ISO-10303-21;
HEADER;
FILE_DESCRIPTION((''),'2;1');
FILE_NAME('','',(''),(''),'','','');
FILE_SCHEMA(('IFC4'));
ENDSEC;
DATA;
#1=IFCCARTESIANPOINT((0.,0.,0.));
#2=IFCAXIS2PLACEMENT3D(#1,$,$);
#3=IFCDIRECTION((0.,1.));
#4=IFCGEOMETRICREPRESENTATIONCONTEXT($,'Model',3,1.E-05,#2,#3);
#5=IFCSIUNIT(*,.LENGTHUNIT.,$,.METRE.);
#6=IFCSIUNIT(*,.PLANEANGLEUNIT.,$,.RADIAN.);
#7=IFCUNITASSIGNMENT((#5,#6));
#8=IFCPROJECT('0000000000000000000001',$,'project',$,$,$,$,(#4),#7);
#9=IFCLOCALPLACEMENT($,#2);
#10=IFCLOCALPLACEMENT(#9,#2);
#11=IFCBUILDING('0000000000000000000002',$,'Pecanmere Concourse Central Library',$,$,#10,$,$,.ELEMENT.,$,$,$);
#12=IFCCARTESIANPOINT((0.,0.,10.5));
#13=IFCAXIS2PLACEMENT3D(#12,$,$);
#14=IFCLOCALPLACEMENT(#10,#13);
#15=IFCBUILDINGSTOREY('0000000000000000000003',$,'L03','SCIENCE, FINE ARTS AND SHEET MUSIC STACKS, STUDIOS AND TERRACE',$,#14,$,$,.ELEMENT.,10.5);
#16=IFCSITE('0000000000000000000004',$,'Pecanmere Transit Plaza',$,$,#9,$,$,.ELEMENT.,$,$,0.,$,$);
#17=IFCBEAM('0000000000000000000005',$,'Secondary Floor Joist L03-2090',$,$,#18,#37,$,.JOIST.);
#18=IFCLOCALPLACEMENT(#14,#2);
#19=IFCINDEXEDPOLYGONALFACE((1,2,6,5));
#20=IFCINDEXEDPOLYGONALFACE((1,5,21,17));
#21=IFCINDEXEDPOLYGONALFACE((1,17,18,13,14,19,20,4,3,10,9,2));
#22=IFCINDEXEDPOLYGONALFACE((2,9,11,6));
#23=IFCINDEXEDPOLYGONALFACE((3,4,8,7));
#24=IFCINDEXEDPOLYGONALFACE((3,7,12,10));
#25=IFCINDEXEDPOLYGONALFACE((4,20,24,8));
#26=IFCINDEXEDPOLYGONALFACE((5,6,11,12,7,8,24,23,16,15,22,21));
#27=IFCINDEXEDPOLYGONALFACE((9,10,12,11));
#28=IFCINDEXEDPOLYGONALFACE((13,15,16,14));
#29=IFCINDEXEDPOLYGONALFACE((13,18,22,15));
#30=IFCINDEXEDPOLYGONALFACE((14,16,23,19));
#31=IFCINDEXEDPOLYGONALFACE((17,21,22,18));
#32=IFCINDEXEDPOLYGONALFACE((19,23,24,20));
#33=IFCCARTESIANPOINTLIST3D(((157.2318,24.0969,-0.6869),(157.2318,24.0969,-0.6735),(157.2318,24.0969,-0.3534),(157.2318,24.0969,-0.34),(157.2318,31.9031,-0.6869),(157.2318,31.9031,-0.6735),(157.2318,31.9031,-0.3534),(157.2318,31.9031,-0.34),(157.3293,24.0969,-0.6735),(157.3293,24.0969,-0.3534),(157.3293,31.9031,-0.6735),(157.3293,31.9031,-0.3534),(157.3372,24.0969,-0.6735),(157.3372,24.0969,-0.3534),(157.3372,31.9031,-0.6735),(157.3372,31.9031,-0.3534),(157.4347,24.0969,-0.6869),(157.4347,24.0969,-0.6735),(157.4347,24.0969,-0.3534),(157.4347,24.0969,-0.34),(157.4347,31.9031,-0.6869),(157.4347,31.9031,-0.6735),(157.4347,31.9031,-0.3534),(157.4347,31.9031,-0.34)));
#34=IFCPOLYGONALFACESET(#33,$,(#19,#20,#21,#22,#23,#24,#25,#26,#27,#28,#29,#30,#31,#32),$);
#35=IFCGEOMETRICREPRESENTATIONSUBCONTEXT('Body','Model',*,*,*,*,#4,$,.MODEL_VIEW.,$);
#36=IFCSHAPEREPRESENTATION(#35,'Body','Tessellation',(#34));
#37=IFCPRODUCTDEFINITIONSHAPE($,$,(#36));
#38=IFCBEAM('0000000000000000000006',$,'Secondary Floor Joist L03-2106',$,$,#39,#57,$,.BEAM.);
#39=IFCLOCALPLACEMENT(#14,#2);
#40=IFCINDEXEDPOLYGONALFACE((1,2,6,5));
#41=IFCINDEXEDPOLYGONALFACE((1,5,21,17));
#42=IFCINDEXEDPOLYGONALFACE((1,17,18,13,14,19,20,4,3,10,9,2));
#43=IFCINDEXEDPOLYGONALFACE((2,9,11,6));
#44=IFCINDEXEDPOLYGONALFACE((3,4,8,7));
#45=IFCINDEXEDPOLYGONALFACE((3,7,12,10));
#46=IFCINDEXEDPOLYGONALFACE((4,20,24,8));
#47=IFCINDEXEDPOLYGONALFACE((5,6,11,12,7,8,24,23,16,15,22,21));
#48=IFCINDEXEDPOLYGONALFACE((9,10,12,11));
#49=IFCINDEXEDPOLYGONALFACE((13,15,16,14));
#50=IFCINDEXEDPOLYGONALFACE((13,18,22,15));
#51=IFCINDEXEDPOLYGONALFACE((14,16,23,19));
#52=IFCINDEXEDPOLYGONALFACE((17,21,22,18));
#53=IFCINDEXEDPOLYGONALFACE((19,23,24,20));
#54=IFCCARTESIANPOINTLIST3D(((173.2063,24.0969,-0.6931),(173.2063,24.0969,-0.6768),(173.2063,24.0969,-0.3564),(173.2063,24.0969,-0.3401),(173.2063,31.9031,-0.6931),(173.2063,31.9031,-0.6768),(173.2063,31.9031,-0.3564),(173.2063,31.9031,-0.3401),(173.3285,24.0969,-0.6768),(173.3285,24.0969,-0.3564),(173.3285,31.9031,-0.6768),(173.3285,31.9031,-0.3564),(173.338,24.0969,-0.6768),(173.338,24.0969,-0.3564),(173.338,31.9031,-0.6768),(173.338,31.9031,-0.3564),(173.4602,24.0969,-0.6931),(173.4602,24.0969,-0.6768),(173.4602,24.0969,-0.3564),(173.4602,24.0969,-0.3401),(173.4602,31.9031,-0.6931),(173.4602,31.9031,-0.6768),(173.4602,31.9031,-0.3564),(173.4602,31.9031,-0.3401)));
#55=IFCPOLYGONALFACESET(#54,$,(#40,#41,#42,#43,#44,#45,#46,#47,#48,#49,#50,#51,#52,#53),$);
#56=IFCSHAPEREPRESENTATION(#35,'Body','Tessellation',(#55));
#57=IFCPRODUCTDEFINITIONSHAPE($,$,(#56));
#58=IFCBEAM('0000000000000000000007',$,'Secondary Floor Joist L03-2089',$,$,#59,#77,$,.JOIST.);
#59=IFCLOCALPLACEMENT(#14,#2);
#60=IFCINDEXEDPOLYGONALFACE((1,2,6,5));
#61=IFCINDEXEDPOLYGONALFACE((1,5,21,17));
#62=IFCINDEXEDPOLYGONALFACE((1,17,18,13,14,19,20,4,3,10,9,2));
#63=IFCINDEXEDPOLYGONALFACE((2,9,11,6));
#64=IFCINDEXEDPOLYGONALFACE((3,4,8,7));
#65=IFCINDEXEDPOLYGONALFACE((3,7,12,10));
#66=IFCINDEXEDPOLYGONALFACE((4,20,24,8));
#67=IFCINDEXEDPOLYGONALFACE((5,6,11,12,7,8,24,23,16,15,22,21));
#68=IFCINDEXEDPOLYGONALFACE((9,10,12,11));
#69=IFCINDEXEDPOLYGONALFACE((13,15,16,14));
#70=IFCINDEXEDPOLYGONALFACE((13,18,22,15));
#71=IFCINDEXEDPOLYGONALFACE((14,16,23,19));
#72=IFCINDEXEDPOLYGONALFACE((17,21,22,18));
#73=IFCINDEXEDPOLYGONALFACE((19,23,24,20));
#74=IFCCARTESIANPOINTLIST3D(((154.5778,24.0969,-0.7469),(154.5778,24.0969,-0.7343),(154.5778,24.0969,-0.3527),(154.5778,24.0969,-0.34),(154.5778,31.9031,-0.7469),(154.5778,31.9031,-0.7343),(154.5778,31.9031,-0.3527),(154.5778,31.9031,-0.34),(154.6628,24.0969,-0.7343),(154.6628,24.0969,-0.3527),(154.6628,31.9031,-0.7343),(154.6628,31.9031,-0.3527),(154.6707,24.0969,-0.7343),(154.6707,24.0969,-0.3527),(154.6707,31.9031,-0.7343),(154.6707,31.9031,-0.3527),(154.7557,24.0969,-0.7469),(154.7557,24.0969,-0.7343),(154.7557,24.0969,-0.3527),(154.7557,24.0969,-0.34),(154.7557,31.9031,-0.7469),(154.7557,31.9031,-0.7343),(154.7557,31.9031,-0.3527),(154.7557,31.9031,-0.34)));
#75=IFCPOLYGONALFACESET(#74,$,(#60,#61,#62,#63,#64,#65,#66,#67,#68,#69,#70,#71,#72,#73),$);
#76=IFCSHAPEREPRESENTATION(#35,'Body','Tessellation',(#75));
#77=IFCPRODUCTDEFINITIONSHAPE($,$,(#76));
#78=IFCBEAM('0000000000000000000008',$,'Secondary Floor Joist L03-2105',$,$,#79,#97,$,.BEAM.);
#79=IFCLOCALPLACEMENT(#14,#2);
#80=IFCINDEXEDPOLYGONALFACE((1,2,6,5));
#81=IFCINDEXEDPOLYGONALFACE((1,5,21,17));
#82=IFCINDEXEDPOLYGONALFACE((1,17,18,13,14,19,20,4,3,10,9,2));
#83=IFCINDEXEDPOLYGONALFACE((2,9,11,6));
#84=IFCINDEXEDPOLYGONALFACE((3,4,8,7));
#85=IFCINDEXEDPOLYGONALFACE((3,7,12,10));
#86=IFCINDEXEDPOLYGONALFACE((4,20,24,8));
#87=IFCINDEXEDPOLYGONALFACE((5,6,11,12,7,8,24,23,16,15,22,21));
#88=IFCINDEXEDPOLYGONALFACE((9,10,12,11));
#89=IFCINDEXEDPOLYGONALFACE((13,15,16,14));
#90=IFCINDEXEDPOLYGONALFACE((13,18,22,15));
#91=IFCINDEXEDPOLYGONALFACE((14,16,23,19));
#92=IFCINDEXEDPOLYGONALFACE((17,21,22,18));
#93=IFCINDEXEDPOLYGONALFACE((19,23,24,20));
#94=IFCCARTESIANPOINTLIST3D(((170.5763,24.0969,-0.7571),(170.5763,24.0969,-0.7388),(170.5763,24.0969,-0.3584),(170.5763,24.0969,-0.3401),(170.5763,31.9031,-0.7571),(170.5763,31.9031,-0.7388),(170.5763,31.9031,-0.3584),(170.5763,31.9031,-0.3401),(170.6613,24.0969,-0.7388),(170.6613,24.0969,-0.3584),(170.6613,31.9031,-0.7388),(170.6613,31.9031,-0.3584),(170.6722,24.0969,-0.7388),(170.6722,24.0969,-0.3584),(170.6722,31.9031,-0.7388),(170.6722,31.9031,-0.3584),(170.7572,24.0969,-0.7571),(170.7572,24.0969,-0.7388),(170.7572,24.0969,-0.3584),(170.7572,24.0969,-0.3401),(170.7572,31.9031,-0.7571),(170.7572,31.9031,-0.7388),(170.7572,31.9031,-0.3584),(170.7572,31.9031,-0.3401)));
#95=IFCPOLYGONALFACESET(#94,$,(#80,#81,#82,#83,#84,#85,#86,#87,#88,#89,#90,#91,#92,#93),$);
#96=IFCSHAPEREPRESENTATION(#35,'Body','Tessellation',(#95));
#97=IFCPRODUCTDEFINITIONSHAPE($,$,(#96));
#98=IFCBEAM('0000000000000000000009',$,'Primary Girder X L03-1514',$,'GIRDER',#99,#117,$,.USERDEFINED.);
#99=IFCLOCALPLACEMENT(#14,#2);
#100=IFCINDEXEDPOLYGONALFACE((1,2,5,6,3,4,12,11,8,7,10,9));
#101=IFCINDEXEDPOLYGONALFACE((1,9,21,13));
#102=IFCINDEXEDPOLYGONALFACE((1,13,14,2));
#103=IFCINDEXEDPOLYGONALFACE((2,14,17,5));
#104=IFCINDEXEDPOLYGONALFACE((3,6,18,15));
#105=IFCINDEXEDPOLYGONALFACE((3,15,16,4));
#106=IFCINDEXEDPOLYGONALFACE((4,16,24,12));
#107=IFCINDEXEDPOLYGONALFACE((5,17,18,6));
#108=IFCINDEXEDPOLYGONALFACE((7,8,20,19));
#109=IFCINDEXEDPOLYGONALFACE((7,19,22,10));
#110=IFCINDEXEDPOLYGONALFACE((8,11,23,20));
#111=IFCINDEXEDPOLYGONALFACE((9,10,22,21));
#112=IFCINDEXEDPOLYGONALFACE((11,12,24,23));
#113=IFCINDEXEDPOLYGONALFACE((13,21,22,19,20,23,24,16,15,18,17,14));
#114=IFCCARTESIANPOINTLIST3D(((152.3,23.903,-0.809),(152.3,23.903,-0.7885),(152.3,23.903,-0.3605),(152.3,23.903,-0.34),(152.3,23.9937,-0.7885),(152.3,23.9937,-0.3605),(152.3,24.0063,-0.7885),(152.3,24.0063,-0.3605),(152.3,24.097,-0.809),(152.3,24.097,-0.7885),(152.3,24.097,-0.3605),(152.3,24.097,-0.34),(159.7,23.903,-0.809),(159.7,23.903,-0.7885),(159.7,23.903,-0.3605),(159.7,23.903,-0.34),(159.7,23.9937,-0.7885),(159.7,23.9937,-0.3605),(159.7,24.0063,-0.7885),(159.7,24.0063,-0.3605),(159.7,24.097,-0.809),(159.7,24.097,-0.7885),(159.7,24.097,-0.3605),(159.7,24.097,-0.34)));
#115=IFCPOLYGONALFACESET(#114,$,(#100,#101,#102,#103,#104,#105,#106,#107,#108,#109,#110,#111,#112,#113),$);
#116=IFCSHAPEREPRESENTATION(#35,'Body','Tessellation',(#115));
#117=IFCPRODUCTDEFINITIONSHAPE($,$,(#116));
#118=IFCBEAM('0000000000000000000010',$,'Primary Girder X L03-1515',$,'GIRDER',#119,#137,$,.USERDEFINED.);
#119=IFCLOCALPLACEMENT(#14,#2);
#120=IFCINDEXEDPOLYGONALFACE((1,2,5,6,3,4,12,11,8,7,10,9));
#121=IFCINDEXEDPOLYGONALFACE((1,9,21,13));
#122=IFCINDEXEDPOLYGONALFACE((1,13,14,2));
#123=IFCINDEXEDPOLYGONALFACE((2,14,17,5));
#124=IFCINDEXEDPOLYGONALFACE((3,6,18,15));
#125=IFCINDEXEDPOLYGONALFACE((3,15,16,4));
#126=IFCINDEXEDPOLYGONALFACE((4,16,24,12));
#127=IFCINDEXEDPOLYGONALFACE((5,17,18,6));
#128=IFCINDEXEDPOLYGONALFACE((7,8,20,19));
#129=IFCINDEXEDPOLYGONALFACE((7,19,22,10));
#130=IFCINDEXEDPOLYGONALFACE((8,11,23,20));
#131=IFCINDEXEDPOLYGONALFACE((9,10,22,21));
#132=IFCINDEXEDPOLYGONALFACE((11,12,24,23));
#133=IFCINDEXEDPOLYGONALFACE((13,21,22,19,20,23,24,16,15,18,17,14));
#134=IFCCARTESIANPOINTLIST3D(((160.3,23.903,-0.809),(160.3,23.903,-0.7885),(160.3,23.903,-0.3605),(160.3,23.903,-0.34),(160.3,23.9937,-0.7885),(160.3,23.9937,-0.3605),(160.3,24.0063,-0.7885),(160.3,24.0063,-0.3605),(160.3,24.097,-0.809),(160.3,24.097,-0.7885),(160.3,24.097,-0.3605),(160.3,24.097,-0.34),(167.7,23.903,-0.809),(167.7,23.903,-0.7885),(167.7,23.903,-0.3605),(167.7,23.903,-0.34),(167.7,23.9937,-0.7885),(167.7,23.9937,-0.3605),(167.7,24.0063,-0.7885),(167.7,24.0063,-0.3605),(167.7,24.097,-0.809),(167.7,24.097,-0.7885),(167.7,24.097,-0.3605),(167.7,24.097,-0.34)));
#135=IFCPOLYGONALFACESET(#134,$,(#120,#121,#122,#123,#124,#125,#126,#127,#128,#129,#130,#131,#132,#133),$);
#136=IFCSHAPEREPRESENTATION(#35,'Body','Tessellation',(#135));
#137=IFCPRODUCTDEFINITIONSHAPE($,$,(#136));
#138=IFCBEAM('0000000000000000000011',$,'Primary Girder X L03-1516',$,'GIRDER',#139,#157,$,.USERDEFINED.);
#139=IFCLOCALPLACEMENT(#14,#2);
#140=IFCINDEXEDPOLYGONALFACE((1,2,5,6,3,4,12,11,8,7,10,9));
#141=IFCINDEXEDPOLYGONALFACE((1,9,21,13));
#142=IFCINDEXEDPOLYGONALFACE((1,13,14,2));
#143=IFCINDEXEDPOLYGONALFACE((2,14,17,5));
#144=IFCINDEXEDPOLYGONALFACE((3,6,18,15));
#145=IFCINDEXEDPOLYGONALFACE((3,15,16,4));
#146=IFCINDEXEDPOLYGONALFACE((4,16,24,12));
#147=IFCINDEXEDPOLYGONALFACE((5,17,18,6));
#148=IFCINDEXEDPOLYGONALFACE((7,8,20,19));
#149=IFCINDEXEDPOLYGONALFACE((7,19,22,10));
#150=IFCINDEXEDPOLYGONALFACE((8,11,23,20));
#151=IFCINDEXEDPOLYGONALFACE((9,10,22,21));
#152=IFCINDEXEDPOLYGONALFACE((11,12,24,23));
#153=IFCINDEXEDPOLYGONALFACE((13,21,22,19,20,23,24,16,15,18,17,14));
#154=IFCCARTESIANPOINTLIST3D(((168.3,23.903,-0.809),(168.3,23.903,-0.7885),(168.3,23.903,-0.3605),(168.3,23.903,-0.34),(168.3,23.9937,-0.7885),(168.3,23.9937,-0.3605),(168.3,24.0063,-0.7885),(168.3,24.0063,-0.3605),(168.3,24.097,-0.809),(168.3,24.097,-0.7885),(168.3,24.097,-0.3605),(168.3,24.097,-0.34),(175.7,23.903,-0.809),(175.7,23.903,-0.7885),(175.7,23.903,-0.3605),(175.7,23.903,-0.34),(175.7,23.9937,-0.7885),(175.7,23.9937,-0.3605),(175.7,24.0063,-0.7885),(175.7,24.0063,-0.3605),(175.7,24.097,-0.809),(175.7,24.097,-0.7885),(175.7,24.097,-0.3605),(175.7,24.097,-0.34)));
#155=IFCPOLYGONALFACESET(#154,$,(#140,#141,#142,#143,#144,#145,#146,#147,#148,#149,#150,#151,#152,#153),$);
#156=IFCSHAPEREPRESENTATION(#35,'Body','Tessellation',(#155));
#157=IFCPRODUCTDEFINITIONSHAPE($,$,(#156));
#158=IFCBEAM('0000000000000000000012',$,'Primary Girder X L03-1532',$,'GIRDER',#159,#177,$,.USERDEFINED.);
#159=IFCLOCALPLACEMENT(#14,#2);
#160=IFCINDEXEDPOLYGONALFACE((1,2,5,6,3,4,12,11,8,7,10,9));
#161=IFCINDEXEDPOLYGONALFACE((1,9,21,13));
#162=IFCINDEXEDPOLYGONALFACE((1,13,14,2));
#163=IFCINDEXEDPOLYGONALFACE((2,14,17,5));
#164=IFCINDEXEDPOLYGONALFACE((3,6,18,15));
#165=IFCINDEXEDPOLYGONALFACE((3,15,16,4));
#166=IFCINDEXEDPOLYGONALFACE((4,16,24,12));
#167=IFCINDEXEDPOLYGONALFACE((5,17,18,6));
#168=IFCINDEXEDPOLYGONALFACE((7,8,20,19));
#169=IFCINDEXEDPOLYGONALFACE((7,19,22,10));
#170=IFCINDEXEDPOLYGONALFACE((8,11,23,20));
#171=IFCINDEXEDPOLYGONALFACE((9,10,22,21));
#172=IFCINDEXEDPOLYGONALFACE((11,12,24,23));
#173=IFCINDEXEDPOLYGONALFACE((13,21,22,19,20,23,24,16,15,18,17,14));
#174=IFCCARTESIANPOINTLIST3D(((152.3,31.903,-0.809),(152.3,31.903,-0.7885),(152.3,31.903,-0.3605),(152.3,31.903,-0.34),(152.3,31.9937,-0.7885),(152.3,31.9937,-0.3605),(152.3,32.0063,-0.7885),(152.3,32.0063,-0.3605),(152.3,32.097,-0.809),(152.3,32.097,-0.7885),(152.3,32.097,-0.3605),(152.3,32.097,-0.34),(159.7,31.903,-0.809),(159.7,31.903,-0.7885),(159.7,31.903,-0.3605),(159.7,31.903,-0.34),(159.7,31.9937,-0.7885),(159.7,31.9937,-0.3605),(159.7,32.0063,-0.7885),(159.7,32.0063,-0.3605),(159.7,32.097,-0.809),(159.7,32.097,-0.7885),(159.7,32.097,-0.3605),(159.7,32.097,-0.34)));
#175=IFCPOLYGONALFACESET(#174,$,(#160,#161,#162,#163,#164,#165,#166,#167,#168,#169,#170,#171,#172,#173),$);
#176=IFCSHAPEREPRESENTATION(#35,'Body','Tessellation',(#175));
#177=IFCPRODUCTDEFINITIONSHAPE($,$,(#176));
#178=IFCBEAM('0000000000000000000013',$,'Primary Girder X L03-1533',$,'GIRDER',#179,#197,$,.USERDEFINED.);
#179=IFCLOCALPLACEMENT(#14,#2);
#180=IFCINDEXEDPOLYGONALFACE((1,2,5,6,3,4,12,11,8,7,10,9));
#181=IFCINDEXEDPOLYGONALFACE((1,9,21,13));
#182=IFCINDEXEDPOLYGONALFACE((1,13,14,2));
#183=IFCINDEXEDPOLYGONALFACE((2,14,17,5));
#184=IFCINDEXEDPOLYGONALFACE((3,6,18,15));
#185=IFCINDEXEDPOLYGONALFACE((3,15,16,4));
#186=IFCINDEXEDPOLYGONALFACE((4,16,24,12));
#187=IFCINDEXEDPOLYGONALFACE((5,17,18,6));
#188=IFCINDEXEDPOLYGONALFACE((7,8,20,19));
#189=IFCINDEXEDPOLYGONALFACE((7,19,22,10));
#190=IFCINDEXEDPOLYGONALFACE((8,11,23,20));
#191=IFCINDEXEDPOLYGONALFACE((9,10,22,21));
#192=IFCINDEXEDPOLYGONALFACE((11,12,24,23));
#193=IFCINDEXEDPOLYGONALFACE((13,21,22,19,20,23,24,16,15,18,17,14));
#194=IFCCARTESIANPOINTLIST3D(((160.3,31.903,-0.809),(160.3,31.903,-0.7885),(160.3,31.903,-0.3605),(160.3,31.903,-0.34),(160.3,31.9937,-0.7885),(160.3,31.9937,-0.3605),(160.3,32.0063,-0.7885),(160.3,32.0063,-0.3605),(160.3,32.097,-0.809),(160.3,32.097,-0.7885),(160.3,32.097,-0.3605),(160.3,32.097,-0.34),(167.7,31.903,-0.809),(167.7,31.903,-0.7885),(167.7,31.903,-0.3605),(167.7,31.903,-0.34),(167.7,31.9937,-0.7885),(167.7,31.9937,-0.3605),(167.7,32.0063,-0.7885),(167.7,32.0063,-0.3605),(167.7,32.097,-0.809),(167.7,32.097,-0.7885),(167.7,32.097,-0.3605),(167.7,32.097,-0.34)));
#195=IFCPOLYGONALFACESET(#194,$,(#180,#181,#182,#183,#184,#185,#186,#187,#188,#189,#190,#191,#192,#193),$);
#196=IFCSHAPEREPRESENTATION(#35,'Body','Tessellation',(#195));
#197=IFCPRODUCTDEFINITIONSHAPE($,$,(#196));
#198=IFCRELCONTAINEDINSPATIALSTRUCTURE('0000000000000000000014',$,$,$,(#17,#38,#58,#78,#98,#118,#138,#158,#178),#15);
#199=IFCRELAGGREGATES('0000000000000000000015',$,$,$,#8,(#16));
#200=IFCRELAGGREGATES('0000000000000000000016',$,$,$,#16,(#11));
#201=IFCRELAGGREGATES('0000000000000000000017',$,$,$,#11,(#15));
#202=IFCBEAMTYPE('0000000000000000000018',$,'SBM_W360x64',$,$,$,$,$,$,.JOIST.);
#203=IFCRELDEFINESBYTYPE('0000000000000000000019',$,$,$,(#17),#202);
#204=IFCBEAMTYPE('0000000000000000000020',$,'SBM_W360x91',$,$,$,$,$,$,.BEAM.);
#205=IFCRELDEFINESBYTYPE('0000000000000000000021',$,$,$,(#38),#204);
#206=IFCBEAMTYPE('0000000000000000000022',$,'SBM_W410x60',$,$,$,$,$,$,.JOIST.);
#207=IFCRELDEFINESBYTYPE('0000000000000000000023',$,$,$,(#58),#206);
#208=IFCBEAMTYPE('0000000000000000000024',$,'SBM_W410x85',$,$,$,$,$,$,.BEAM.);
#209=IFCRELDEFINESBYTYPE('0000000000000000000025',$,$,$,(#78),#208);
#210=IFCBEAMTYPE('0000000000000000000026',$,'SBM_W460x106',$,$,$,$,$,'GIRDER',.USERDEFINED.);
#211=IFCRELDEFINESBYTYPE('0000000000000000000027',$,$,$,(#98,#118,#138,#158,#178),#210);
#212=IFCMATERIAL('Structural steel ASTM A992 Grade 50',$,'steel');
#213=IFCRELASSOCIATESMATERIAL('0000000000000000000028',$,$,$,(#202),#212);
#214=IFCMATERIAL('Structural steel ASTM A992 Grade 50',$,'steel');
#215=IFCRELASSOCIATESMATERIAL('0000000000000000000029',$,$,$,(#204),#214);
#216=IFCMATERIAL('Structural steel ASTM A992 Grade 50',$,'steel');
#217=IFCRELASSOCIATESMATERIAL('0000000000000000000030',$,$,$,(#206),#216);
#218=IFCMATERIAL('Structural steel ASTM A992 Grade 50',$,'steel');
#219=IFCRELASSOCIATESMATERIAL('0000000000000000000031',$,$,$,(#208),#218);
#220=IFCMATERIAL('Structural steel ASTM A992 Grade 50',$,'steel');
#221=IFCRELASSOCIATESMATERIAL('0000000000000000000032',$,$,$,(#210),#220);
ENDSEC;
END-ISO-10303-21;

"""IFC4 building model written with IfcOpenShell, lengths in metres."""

from ifc_helpers import new_model, si_unit, direction, frame, origin, origin_2d, place, context, subcontext, project, spatial, i_section, extrude, material, material_profile, profile_set, type_object, element, save


model = new_model("IFC4")

# Units and contexts
model_context = context("Model", 3, precision=1e-05, world=origin(), true_north=direction((0.0, 1.0)))
body_context = subcontext(model_context, "Body", "Model", "MODEL_VIEW")
ifc_project = project(units=[si_unit("LENGTHUNIT", "METRE"), si_unit("PLANEANGLEUNIT", "RADIAN")], contexts=[model_context])

# Site, building, storey
site_placement = place(None, origin())
site = spatial("IfcSite", under=ifc_project, at=site_placement, Name="Pecanmere Transit Plaza", CompositionType="ELEMENT", RefElevation=0.0)
building_placement = place(site_placement, origin())
building = spatial("IfcBuilding", under=site, at=building_placement, Name="Pecanmere Concourse Central Library", CompositionType="ELEMENT")
storey_placement = place(building_placement, frame((0.0, 0.0, 10.5)))
storey = spatial("IfcBuildingStorey", under=building, at=storey_placement, Name="L03", Description="SCIENCE, FINE ARTS AND SHEET MUSIC STACKS, STUDIOS AND TERRACE", CompositionType="ELEMENT", Elevation=10.5)

# Beams
ifc_material_1 = material(Name="Structural steel ASTM A992 Grade 50", Category="steel")
ifc_material_profile_1 = material_profile(ifc_material_1, i_section(OverallWidth=0.2029, OverallDepth=0.3469, WebThickness=0.0078, FlangeThickness=0.0134, at=origin_2d()), Name="W360x64")
ifc_profile_set_1 = profile_set([ifc_material_profile_1], Name="Structural steel ASTM A992 Grade 50")
beam_type_1 = type_object("IfcBeamType", Name="SBM_W360x64", PredefinedType="JOIST", material=ifc_profile_set_1)
beam_1_placement = place(storey_placement, frame((157.3333, 24.0969, -0.5134), z_axis=(0.0, 1.0, 0.0), x_axis=(-1.0, 0.0, 0.0)))
element("IfcBeam", 1, at=beam_1_placement, inside=storey, type_object=beam_type_1, Name="Secondary Floor Joist L03-2090", PredefinedType="JOIST", context=body_context, shape_type="SweptSolid", body=[
    extrude(i_section(OverallWidth=0.2029, OverallDepth=0.3469, WebThickness=0.0078, FlangeThickness=0.0134, at=origin_2d()), origin(), (0.0, 0.0, 1.0), 7.8062),
])
ifc_material_2 = material(Name="Structural steel ASTM A992 Grade 50", Category="steel")
ifc_material_profile_2 = material_profile(ifc_material_2, i_section(OverallWidth=0.2539, OverallDepth=0.353, WebThickness=0.0095, FlangeThickness=0.0164, at=origin_2d()), Name="W360x91")
ifc_profile_set_2 = profile_set([ifc_material_profile_2], Name="Structural steel ASTM A992 Grade 50")
beam_type_2 = type_object("IfcBeamType", Name="SBM_W360x91", PredefinedType="BEAM", material=ifc_profile_set_2)
beam_2_placement = place(storey_placement, frame((173.3333, 24.0969, -0.5166), z_axis=(0.0, 1.0, 0.0), x_axis=(-1.0, 0.0, 0.0)))
element("IfcBeam", 2, at=beam_2_placement, inside=storey, type_object=beam_type_2, Name="Secondary Floor Joist L03-2106", PredefinedType="BEAM", context=body_context, shape_type="SweptSolid", body=[
    extrude(i_section(OverallWidth=0.2539, OverallDepth=0.353, WebThickness=0.0095, FlangeThickness=0.0164, at=origin_2d()), origin(), (0.0, 0.0, 1.0), 7.8062),
])
ifc_material_3 = material(Name="Structural steel ASTM A992 Grade 50", Category="steel")
ifc_material_profile_3 = material_profile(ifc_material_3, i_section(OverallWidth=0.178, OverallDepth=0.407, WebThickness=0.0078, FlangeThickness=0.0127, at=origin_2d()), Name="W410x60")
ifc_profile_set_3 = profile_set([ifc_material_profile_3], Name="Structural steel ASTM A992 Grade 50")
beam_type_3 = type_object("IfcBeamType", Name="SBM_W410x60", PredefinedType="JOIST", material=ifc_profile_set_3)
beam_3_placement = place(storey_placement, frame((154.6667, 24.0969, -0.5435), z_axis=(0.0, 1.0, 0.0), x_axis=(-1.0, 0.0, 0.0)))
element("IfcBeam", 3, at=beam_3_placement, inside=storey, type_object=beam_type_3, Name="Secondary Floor Joist L03-2089", PredefinedType="JOIST", context=body_context, shape_type="SweptSolid", body=[
    extrude(i_section(OverallWidth=0.178, OverallDepth=0.407, WebThickness=0.0078, FlangeThickness=0.0127, at=origin_2d()), origin(), (0.0, 0.0, 1.0), 7.8062),
])
ifc_material_4 = material(Name="Structural steel ASTM A992 Grade 50", Category="steel")
ifc_material_profile_4 = material_profile(ifc_material_4, i_section(OverallWidth=0.1809, OverallDepth=0.417, WebThickness=0.011, FlangeThickness=0.0183, at=origin_2d()), Name="W410x85")
ifc_profile_set_4 = profile_set([ifc_material_profile_4], Name="Structural steel ASTM A992 Grade 50")
beam_type_4 = type_object("IfcBeamType", Name="SBM_W410x85", PredefinedType="BEAM", material=ifc_profile_set_4)
beam_4_placement = place(storey_placement, frame((170.6667, 24.0969, -0.5486), z_axis=(0.0, 1.0, 0.0), x_axis=(-1.0, 0.0, 0.0)))
element("IfcBeam", 4, at=beam_4_placement, inside=storey, type_object=beam_type_4, Name="Secondary Floor Joist L03-2105", PredefinedType="BEAM", context=body_context, shape_type="SweptSolid", body=[
    extrude(i_section(OverallWidth=0.1809, OverallDepth=0.417, WebThickness=0.011, FlangeThickness=0.0183, at=origin_2d()), origin(), (0.0, 0.0, 1.0), 7.8062),
])
ifc_material_5 = material(Name="Structural steel ASTM A992 Grade 50", Category="steel")
ifc_material_profile_5 = material_profile(ifc_material_5, i_section(OverallWidth=0.1941, OverallDepth=0.469, WebThickness=0.0127, FlangeThickness=0.0205, at=origin_2d()), Name="W460x106")
ifc_profile_set_5 = profile_set([ifc_material_profile_5], Name="Structural steel ASTM A992 Grade 50")
beam_type_5 = type_object("IfcBeamType", Name="SBM_W460x106", ElementType="GIRDER", PredefinedType="USERDEFINED", material=ifc_profile_set_5)
for number, where, z_axis, x_axis, name in (
    (5, (152.3, 24.0, -0.5745), (1.0, 0.0, 0.0), (0.0, 1.0, 0.0), "Primary Girder X L03-1514"),
    (6, (160.3, 24.0, -0.5745), (1.0, 0.0, 0.0), (0.0, 1.0, 0.0), "Primary Girder X L03-1515"),
    (7, (168.3, 24.0, -0.5745), (1.0, 0.0, 0.0), (0.0, 1.0, 0.0), "Primary Girder X L03-1516"),
    (8, (152.3, 32.0, -0.5745), (1.0, 0.0, 0.0), (0.0, 1.0, 0.0), "Primary Girder X L03-1532"),
    (9, (160.3, 32.0, -0.5745), (1.0, 0.0, 0.0), (0.0, 1.0, 0.0), "Primary Girder X L03-1533"),
):
    element("IfcBeam", number, at=place(storey_placement, frame(where, z_axis=z_axis, x_axis=x_axis)), inside=storey, type_object=beam_type_5, Name=name, ObjectType="GIRDER", PredefinedType="USERDEFINED", context=body_context, shape_type="SweptSolid", body=[
        extrude(i_section(OverallWidth=0.1941, OverallDepth=0.469, WebThickness=0.0127, FlangeThickness=0.0205, at=origin_2d()), origin(), (0.0, 0.0, 1.0), 7.3999),
    ])

save(model, "model.ifc")
